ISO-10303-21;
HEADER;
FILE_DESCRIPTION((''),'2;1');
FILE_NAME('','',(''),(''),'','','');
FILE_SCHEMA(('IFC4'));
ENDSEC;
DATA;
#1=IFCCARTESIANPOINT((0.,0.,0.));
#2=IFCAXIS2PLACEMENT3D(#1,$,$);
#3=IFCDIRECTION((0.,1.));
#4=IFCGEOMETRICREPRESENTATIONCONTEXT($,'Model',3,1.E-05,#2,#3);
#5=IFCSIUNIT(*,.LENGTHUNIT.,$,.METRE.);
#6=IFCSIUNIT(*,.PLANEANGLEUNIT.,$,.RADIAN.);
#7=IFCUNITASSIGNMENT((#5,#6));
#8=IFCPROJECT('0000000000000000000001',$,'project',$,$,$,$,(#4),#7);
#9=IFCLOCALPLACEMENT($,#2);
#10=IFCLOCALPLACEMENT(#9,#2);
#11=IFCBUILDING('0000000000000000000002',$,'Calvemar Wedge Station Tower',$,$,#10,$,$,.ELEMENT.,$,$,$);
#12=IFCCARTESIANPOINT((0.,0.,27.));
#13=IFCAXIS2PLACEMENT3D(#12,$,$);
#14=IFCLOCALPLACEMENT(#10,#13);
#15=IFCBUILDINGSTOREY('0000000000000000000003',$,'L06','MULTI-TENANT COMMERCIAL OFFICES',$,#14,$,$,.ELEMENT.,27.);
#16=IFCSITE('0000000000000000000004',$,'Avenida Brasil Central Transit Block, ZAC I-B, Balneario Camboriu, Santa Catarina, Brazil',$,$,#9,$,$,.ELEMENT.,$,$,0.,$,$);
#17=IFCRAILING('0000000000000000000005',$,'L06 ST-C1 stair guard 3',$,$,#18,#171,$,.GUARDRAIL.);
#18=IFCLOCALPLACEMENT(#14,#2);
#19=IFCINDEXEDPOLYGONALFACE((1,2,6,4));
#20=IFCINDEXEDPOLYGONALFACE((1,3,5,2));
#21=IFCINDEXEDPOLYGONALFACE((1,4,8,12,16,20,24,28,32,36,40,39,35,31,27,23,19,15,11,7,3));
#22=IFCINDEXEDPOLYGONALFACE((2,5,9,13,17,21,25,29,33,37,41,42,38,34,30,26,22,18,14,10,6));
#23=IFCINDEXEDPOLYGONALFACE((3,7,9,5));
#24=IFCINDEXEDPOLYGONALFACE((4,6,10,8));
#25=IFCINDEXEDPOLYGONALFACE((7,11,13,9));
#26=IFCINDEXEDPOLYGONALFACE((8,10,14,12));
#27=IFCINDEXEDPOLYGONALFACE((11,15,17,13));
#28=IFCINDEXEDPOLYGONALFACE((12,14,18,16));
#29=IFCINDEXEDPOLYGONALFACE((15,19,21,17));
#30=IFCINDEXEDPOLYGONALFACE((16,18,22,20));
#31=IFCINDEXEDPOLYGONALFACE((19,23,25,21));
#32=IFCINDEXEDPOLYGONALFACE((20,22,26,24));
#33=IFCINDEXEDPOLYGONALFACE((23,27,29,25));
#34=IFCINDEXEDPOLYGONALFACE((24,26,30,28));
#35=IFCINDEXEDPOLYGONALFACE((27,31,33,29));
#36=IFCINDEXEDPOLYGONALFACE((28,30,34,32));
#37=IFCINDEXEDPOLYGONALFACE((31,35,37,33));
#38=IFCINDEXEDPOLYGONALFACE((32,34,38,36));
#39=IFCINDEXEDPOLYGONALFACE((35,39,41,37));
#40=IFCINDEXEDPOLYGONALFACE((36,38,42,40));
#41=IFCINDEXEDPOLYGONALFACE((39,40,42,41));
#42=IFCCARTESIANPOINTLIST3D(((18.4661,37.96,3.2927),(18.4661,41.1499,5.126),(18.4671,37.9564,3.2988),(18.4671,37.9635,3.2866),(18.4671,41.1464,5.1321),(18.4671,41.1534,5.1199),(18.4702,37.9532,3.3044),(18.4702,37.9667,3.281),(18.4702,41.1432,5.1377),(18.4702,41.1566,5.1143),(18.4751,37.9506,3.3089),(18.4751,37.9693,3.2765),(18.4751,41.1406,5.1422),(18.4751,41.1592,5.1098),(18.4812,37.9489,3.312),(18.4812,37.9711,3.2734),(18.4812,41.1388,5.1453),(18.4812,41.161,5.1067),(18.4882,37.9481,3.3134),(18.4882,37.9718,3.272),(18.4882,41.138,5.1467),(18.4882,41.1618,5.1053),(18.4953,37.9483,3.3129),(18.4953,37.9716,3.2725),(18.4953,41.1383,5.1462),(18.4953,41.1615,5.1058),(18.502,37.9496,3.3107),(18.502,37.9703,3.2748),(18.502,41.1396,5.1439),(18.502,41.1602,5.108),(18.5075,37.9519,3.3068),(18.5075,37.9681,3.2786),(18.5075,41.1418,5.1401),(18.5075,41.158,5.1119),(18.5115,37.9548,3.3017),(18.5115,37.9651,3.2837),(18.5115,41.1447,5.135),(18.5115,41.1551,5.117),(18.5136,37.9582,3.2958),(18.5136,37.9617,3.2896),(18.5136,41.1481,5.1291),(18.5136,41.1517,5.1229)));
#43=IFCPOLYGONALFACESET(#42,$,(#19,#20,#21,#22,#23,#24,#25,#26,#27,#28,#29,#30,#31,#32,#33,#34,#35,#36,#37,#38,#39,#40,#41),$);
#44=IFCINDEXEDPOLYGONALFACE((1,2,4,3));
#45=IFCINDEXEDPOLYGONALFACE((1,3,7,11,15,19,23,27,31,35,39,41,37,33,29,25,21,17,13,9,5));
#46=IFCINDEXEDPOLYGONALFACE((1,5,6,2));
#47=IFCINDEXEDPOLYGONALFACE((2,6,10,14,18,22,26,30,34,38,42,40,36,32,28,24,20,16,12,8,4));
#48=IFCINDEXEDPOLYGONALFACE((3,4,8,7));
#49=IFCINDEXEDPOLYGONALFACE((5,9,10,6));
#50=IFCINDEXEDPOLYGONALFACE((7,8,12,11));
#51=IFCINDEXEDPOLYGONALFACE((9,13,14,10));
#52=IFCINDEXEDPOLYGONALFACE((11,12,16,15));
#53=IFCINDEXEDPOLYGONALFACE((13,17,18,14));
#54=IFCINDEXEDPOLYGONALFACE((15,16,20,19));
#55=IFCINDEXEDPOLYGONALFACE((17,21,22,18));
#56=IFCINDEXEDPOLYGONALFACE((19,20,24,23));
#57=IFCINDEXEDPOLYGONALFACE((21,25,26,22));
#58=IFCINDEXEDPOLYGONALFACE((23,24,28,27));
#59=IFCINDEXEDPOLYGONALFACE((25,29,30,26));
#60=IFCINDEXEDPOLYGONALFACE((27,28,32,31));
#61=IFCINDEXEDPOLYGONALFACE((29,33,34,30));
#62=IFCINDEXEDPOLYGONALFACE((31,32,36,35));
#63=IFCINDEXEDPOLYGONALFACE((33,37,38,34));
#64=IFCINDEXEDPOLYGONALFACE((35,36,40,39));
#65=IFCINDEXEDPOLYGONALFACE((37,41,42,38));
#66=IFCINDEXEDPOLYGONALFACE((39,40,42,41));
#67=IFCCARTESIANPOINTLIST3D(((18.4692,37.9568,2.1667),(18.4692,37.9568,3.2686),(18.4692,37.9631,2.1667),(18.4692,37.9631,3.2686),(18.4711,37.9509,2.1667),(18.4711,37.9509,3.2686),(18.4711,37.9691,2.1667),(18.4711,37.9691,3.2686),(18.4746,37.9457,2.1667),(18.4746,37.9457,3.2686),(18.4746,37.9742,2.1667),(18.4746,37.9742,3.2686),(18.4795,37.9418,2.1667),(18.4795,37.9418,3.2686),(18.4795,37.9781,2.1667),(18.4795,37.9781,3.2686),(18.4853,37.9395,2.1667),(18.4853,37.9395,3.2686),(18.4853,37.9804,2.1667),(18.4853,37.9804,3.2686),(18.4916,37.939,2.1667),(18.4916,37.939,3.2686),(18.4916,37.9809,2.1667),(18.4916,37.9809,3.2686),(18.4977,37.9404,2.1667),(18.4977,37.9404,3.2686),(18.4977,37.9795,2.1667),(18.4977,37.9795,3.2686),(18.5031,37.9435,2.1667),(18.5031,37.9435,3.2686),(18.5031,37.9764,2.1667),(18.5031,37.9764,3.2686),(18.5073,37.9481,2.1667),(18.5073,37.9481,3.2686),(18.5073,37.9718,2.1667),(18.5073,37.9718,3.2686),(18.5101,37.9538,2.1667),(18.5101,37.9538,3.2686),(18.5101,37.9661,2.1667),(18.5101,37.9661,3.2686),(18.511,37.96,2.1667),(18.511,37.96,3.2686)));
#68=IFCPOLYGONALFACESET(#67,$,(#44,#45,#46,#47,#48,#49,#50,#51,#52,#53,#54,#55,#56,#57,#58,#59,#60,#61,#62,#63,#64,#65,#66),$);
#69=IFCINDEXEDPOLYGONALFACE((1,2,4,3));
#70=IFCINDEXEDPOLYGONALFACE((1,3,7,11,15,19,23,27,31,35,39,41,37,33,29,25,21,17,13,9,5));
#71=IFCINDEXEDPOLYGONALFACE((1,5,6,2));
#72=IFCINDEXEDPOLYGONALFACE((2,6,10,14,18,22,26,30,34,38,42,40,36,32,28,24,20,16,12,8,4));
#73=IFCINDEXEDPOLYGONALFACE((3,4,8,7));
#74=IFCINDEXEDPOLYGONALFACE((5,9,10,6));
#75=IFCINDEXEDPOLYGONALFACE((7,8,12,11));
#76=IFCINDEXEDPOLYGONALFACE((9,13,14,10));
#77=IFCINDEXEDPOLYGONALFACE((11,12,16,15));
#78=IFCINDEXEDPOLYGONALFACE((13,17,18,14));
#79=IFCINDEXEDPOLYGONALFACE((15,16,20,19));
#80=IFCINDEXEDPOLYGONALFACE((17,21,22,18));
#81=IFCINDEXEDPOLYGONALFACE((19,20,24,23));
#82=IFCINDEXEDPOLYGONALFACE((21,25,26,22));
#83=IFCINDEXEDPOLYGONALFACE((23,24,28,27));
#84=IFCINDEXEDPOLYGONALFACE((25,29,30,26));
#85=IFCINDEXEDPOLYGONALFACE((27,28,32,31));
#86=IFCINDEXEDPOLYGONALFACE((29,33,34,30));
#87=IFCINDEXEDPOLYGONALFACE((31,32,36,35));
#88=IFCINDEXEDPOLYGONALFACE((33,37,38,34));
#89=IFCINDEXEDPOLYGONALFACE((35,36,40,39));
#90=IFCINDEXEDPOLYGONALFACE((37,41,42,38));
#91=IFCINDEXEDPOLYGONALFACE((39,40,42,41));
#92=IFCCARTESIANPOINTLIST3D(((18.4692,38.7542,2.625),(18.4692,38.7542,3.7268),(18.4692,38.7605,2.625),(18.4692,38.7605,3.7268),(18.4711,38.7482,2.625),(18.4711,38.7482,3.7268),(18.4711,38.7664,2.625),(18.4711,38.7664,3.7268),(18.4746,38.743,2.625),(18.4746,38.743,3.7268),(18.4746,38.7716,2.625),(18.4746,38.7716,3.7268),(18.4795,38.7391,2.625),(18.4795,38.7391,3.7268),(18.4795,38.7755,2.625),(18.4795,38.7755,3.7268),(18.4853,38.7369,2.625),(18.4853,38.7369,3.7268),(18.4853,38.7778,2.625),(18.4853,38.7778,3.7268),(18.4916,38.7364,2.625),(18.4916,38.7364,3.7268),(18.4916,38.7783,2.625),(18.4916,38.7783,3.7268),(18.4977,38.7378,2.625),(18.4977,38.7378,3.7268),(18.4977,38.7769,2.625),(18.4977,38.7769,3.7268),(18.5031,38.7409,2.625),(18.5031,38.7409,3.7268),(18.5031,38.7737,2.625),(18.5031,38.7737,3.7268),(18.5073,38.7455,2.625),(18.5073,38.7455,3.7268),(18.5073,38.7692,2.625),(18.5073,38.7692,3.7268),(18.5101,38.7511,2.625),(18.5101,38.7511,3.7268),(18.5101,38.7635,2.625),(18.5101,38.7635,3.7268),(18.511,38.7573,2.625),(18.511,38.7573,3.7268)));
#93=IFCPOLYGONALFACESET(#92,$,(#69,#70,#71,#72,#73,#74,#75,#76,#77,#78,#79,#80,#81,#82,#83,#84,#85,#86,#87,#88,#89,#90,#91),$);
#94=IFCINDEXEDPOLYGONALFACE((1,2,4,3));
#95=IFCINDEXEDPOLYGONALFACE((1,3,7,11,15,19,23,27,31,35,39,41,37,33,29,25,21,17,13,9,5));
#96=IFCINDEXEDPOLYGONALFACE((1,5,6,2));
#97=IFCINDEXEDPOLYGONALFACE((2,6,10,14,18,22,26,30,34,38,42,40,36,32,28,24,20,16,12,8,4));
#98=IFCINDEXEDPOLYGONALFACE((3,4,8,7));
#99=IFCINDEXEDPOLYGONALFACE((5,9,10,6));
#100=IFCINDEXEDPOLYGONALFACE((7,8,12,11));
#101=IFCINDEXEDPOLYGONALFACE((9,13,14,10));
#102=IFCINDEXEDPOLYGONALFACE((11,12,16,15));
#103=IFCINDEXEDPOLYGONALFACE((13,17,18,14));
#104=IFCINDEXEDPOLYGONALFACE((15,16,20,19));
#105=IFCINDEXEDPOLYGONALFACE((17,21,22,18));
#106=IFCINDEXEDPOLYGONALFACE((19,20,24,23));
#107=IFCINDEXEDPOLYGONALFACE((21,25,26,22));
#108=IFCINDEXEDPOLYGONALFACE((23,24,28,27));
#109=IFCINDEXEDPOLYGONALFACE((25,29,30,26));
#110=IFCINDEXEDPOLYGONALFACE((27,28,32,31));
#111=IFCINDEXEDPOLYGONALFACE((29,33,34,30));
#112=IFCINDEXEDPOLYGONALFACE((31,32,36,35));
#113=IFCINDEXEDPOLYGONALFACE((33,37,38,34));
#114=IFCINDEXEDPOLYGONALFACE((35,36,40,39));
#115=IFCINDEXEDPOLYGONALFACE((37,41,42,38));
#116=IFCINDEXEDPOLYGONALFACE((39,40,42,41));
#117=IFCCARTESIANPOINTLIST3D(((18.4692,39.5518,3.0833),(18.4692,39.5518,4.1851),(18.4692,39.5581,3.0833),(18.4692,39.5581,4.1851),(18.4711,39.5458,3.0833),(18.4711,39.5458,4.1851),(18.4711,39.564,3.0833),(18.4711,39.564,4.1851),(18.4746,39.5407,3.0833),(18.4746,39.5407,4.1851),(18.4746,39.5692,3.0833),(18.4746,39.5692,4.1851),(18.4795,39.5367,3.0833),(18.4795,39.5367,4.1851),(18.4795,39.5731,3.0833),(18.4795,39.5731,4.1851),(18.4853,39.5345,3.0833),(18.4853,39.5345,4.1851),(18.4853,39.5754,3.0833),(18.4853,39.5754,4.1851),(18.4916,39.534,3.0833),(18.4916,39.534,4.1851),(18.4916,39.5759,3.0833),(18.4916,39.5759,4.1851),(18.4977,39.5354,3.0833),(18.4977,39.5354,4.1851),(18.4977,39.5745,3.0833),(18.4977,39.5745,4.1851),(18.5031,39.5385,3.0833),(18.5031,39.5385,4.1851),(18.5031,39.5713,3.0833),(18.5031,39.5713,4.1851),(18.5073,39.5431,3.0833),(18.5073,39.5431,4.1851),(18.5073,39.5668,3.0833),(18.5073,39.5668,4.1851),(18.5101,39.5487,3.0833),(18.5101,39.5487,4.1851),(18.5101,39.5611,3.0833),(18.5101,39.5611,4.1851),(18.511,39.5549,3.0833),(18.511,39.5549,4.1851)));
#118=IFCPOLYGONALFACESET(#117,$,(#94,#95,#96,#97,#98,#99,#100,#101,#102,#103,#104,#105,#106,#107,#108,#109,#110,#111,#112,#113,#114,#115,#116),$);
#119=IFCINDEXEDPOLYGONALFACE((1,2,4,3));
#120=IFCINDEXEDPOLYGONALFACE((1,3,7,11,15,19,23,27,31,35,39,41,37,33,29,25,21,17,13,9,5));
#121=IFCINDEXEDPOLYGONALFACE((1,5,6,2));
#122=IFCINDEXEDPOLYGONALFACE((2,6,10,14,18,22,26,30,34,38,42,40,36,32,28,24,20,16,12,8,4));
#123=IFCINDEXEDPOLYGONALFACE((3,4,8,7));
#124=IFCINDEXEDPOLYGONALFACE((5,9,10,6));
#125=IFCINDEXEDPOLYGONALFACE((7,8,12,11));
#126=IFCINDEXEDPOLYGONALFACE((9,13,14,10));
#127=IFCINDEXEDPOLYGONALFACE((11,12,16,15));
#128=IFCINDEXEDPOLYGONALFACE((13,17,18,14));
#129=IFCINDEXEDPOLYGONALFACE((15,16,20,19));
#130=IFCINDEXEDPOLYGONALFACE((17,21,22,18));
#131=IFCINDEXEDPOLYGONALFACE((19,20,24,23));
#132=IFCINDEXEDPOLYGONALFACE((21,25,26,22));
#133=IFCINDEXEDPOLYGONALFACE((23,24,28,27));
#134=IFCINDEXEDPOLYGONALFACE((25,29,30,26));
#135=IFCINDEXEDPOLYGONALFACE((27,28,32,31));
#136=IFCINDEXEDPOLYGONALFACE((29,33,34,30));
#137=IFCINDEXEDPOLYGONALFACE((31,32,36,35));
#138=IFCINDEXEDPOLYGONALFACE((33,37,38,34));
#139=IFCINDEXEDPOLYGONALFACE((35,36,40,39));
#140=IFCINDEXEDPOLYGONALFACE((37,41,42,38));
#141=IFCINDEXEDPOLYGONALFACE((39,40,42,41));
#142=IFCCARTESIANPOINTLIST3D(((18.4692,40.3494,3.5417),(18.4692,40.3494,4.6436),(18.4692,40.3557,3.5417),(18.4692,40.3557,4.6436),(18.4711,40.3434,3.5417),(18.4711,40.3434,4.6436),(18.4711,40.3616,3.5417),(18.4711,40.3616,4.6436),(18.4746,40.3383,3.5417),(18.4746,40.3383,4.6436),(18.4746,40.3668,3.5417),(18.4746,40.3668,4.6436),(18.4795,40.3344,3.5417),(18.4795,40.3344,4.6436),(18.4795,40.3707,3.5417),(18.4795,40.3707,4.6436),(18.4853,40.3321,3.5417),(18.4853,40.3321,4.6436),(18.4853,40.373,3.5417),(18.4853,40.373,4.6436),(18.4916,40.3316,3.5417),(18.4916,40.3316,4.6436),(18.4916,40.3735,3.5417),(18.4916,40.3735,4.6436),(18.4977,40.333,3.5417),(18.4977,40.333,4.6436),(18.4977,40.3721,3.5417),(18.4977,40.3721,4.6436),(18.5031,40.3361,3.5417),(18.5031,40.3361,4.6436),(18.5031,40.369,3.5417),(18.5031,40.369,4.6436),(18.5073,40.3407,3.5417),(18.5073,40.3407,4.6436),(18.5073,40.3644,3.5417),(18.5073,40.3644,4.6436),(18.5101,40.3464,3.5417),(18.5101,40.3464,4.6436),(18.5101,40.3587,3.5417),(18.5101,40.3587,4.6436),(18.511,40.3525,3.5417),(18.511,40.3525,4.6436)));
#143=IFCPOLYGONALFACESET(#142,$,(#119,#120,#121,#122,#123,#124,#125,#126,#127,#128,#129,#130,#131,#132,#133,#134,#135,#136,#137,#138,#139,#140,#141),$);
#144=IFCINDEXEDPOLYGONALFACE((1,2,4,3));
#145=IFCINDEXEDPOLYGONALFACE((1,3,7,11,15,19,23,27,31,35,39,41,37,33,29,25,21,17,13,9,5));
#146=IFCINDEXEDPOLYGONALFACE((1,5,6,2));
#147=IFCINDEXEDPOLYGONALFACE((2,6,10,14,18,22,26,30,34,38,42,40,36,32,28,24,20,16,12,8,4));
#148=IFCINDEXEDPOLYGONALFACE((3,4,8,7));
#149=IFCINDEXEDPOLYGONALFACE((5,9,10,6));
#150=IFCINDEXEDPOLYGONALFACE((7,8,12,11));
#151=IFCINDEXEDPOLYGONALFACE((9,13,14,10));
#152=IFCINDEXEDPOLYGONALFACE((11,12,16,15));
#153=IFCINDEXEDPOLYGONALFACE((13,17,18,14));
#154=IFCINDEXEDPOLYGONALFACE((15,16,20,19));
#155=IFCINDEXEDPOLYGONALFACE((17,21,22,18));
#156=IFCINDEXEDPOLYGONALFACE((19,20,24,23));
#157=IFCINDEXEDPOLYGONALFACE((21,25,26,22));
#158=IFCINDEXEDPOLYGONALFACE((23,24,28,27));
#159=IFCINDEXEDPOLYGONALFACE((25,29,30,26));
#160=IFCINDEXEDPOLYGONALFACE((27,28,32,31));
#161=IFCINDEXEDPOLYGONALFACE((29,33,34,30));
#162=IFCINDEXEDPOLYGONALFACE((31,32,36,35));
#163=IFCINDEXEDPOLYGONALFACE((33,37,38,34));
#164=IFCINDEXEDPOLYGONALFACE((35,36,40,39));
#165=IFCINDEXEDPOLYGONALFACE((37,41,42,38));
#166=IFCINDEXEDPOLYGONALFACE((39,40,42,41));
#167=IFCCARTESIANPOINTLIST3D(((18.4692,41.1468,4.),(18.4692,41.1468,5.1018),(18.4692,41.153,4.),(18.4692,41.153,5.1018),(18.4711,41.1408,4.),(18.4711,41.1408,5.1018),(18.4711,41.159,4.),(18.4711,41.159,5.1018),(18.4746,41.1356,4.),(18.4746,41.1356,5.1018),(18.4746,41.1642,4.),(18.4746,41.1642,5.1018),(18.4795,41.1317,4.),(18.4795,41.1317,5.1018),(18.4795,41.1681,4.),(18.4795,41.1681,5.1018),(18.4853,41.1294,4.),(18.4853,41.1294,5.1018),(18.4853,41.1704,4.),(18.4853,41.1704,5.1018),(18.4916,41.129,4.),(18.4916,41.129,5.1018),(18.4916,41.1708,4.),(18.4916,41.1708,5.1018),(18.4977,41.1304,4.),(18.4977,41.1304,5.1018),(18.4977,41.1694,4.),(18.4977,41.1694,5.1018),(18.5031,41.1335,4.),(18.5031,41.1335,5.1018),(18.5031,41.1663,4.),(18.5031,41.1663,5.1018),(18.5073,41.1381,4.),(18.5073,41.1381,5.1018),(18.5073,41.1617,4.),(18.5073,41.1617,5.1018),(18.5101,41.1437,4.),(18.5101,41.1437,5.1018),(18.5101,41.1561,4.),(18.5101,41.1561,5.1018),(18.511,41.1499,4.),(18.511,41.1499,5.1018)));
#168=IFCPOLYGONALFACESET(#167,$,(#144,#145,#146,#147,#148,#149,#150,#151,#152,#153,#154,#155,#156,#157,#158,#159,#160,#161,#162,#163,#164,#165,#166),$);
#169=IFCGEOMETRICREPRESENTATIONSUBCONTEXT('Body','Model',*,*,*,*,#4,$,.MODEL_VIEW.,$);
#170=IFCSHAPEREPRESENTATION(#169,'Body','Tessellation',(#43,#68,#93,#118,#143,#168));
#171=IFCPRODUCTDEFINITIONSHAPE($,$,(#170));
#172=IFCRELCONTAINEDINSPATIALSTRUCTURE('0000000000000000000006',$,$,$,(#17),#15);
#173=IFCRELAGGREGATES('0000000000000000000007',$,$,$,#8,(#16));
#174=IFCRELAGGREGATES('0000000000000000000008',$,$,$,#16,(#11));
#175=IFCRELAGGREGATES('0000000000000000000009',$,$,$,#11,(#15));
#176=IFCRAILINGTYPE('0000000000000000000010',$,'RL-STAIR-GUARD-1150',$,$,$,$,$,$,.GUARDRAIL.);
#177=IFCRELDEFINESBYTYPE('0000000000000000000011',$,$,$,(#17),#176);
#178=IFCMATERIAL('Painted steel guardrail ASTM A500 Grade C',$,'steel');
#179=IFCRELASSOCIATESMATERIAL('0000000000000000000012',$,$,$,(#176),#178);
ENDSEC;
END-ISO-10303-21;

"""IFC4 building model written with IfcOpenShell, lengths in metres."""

from ifc_helpers import new_model, si_unit, direction, frame, origin, origin_2d, place, context, subcontext, project, spatial, circle, extrude, material, type_object, element, save


model = new_model("IFC4")

# Units and contexts
model_context = context("Model", 3, precision=1e-05, world=origin(), true_north=direction((0.0, 1.0)))
body_context = subcontext(model_context, "Body", "Model", "MODEL_VIEW")
ifc_project = project(units=[si_unit("LENGTHUNIT", "METRE"), si_unit("PLANEANGLEUNIT", "RADIAN")], contexts=[model_context])

# Site, building, storey
site_placement = place(None, origin())
site = spatial("IfcSite", under=ifc_project, at=site_placement, Name="Avenida Brasil Central Transit Block, ZAC I-B, Balneario Camboriu, Santa Catarina, Brazil", CompositionType="ELEMENT", RefElevation=0.0)
building_placement = place(site_placement, origin())
building = spatial("IfcBuilding", under=site, at=building_placement, Name="Calvemar Wedge Station Tower", CompositionType="ELEMENT")
storey_placement = place(building_placement, frame((0.0, 0.0, 27.0)))
storey = spatial("IfcBuildingStorey", under=building, at=storey_placement, Name="L06", Description="MULTI-TENANT COMMERCIAL OFFICES", CompositionType="ELEMENT", Elevation=27.0)

# Railing
ifc_material_1 = material(Name="Painted steel guardrail ASTM A500 Grade C", Category="steel")
railing_type_1 = type_object("IfcRailingType", Name="RL-STAIR-GUARD-1150", PredefinedType="GUARDRAIL", material=ifc_material_1)
railing_1_placement = place(storey_placement, frame((18.49, 37.96, 2.1667)))
element("IfcRailing", 1, at=railing_1_placement, inside=storey, type_object=railing_type_1, Name="L06 ST-C1 stair guard 3", PredefinedType="GUARDRAIL", context=body_context, shape_type="SweptSolid", body=[
    extrude(circle(Radius=0.0239, at=origin_2d()), frame((0.0, 0.0, 1.126), z_axis=(0.0, 0.86702, 0.498274), x_axis=(-1.0, 0.0, 0.0)), (0.0, 0.0, 1.0), 3.6792),
    extrude(circle(Radius=0.021, at=origin_2d()), origin(), (0.0, 0.0, 1.0), 1.1018),
    extrude(circle(Radius=0.021, at=origin_2d()), frame((0.0, 0.7974, 0.4583)), (0.0, 0.0, 1.0), 1.1018),
    extrude(circle(Radius=0.021, at=origin_2d()), frame((0.0, 1.595, 0.9165)), (0.0, 0.0, 1.0), 1.1018),
    extrude(circle(Radius=0.021, at=origin_2d()), frame((0.0, 2.3926, 1.375)), (0.0, 0.0, 1.0), 1.1018),
    extrude(circle(Radius=0.021, at=origin_2d()), frame((0.0, 3.1899, 1.8333)), (0.0, 0.0, 1.0), 1.1018),
])

save(model, "model.ifc")
